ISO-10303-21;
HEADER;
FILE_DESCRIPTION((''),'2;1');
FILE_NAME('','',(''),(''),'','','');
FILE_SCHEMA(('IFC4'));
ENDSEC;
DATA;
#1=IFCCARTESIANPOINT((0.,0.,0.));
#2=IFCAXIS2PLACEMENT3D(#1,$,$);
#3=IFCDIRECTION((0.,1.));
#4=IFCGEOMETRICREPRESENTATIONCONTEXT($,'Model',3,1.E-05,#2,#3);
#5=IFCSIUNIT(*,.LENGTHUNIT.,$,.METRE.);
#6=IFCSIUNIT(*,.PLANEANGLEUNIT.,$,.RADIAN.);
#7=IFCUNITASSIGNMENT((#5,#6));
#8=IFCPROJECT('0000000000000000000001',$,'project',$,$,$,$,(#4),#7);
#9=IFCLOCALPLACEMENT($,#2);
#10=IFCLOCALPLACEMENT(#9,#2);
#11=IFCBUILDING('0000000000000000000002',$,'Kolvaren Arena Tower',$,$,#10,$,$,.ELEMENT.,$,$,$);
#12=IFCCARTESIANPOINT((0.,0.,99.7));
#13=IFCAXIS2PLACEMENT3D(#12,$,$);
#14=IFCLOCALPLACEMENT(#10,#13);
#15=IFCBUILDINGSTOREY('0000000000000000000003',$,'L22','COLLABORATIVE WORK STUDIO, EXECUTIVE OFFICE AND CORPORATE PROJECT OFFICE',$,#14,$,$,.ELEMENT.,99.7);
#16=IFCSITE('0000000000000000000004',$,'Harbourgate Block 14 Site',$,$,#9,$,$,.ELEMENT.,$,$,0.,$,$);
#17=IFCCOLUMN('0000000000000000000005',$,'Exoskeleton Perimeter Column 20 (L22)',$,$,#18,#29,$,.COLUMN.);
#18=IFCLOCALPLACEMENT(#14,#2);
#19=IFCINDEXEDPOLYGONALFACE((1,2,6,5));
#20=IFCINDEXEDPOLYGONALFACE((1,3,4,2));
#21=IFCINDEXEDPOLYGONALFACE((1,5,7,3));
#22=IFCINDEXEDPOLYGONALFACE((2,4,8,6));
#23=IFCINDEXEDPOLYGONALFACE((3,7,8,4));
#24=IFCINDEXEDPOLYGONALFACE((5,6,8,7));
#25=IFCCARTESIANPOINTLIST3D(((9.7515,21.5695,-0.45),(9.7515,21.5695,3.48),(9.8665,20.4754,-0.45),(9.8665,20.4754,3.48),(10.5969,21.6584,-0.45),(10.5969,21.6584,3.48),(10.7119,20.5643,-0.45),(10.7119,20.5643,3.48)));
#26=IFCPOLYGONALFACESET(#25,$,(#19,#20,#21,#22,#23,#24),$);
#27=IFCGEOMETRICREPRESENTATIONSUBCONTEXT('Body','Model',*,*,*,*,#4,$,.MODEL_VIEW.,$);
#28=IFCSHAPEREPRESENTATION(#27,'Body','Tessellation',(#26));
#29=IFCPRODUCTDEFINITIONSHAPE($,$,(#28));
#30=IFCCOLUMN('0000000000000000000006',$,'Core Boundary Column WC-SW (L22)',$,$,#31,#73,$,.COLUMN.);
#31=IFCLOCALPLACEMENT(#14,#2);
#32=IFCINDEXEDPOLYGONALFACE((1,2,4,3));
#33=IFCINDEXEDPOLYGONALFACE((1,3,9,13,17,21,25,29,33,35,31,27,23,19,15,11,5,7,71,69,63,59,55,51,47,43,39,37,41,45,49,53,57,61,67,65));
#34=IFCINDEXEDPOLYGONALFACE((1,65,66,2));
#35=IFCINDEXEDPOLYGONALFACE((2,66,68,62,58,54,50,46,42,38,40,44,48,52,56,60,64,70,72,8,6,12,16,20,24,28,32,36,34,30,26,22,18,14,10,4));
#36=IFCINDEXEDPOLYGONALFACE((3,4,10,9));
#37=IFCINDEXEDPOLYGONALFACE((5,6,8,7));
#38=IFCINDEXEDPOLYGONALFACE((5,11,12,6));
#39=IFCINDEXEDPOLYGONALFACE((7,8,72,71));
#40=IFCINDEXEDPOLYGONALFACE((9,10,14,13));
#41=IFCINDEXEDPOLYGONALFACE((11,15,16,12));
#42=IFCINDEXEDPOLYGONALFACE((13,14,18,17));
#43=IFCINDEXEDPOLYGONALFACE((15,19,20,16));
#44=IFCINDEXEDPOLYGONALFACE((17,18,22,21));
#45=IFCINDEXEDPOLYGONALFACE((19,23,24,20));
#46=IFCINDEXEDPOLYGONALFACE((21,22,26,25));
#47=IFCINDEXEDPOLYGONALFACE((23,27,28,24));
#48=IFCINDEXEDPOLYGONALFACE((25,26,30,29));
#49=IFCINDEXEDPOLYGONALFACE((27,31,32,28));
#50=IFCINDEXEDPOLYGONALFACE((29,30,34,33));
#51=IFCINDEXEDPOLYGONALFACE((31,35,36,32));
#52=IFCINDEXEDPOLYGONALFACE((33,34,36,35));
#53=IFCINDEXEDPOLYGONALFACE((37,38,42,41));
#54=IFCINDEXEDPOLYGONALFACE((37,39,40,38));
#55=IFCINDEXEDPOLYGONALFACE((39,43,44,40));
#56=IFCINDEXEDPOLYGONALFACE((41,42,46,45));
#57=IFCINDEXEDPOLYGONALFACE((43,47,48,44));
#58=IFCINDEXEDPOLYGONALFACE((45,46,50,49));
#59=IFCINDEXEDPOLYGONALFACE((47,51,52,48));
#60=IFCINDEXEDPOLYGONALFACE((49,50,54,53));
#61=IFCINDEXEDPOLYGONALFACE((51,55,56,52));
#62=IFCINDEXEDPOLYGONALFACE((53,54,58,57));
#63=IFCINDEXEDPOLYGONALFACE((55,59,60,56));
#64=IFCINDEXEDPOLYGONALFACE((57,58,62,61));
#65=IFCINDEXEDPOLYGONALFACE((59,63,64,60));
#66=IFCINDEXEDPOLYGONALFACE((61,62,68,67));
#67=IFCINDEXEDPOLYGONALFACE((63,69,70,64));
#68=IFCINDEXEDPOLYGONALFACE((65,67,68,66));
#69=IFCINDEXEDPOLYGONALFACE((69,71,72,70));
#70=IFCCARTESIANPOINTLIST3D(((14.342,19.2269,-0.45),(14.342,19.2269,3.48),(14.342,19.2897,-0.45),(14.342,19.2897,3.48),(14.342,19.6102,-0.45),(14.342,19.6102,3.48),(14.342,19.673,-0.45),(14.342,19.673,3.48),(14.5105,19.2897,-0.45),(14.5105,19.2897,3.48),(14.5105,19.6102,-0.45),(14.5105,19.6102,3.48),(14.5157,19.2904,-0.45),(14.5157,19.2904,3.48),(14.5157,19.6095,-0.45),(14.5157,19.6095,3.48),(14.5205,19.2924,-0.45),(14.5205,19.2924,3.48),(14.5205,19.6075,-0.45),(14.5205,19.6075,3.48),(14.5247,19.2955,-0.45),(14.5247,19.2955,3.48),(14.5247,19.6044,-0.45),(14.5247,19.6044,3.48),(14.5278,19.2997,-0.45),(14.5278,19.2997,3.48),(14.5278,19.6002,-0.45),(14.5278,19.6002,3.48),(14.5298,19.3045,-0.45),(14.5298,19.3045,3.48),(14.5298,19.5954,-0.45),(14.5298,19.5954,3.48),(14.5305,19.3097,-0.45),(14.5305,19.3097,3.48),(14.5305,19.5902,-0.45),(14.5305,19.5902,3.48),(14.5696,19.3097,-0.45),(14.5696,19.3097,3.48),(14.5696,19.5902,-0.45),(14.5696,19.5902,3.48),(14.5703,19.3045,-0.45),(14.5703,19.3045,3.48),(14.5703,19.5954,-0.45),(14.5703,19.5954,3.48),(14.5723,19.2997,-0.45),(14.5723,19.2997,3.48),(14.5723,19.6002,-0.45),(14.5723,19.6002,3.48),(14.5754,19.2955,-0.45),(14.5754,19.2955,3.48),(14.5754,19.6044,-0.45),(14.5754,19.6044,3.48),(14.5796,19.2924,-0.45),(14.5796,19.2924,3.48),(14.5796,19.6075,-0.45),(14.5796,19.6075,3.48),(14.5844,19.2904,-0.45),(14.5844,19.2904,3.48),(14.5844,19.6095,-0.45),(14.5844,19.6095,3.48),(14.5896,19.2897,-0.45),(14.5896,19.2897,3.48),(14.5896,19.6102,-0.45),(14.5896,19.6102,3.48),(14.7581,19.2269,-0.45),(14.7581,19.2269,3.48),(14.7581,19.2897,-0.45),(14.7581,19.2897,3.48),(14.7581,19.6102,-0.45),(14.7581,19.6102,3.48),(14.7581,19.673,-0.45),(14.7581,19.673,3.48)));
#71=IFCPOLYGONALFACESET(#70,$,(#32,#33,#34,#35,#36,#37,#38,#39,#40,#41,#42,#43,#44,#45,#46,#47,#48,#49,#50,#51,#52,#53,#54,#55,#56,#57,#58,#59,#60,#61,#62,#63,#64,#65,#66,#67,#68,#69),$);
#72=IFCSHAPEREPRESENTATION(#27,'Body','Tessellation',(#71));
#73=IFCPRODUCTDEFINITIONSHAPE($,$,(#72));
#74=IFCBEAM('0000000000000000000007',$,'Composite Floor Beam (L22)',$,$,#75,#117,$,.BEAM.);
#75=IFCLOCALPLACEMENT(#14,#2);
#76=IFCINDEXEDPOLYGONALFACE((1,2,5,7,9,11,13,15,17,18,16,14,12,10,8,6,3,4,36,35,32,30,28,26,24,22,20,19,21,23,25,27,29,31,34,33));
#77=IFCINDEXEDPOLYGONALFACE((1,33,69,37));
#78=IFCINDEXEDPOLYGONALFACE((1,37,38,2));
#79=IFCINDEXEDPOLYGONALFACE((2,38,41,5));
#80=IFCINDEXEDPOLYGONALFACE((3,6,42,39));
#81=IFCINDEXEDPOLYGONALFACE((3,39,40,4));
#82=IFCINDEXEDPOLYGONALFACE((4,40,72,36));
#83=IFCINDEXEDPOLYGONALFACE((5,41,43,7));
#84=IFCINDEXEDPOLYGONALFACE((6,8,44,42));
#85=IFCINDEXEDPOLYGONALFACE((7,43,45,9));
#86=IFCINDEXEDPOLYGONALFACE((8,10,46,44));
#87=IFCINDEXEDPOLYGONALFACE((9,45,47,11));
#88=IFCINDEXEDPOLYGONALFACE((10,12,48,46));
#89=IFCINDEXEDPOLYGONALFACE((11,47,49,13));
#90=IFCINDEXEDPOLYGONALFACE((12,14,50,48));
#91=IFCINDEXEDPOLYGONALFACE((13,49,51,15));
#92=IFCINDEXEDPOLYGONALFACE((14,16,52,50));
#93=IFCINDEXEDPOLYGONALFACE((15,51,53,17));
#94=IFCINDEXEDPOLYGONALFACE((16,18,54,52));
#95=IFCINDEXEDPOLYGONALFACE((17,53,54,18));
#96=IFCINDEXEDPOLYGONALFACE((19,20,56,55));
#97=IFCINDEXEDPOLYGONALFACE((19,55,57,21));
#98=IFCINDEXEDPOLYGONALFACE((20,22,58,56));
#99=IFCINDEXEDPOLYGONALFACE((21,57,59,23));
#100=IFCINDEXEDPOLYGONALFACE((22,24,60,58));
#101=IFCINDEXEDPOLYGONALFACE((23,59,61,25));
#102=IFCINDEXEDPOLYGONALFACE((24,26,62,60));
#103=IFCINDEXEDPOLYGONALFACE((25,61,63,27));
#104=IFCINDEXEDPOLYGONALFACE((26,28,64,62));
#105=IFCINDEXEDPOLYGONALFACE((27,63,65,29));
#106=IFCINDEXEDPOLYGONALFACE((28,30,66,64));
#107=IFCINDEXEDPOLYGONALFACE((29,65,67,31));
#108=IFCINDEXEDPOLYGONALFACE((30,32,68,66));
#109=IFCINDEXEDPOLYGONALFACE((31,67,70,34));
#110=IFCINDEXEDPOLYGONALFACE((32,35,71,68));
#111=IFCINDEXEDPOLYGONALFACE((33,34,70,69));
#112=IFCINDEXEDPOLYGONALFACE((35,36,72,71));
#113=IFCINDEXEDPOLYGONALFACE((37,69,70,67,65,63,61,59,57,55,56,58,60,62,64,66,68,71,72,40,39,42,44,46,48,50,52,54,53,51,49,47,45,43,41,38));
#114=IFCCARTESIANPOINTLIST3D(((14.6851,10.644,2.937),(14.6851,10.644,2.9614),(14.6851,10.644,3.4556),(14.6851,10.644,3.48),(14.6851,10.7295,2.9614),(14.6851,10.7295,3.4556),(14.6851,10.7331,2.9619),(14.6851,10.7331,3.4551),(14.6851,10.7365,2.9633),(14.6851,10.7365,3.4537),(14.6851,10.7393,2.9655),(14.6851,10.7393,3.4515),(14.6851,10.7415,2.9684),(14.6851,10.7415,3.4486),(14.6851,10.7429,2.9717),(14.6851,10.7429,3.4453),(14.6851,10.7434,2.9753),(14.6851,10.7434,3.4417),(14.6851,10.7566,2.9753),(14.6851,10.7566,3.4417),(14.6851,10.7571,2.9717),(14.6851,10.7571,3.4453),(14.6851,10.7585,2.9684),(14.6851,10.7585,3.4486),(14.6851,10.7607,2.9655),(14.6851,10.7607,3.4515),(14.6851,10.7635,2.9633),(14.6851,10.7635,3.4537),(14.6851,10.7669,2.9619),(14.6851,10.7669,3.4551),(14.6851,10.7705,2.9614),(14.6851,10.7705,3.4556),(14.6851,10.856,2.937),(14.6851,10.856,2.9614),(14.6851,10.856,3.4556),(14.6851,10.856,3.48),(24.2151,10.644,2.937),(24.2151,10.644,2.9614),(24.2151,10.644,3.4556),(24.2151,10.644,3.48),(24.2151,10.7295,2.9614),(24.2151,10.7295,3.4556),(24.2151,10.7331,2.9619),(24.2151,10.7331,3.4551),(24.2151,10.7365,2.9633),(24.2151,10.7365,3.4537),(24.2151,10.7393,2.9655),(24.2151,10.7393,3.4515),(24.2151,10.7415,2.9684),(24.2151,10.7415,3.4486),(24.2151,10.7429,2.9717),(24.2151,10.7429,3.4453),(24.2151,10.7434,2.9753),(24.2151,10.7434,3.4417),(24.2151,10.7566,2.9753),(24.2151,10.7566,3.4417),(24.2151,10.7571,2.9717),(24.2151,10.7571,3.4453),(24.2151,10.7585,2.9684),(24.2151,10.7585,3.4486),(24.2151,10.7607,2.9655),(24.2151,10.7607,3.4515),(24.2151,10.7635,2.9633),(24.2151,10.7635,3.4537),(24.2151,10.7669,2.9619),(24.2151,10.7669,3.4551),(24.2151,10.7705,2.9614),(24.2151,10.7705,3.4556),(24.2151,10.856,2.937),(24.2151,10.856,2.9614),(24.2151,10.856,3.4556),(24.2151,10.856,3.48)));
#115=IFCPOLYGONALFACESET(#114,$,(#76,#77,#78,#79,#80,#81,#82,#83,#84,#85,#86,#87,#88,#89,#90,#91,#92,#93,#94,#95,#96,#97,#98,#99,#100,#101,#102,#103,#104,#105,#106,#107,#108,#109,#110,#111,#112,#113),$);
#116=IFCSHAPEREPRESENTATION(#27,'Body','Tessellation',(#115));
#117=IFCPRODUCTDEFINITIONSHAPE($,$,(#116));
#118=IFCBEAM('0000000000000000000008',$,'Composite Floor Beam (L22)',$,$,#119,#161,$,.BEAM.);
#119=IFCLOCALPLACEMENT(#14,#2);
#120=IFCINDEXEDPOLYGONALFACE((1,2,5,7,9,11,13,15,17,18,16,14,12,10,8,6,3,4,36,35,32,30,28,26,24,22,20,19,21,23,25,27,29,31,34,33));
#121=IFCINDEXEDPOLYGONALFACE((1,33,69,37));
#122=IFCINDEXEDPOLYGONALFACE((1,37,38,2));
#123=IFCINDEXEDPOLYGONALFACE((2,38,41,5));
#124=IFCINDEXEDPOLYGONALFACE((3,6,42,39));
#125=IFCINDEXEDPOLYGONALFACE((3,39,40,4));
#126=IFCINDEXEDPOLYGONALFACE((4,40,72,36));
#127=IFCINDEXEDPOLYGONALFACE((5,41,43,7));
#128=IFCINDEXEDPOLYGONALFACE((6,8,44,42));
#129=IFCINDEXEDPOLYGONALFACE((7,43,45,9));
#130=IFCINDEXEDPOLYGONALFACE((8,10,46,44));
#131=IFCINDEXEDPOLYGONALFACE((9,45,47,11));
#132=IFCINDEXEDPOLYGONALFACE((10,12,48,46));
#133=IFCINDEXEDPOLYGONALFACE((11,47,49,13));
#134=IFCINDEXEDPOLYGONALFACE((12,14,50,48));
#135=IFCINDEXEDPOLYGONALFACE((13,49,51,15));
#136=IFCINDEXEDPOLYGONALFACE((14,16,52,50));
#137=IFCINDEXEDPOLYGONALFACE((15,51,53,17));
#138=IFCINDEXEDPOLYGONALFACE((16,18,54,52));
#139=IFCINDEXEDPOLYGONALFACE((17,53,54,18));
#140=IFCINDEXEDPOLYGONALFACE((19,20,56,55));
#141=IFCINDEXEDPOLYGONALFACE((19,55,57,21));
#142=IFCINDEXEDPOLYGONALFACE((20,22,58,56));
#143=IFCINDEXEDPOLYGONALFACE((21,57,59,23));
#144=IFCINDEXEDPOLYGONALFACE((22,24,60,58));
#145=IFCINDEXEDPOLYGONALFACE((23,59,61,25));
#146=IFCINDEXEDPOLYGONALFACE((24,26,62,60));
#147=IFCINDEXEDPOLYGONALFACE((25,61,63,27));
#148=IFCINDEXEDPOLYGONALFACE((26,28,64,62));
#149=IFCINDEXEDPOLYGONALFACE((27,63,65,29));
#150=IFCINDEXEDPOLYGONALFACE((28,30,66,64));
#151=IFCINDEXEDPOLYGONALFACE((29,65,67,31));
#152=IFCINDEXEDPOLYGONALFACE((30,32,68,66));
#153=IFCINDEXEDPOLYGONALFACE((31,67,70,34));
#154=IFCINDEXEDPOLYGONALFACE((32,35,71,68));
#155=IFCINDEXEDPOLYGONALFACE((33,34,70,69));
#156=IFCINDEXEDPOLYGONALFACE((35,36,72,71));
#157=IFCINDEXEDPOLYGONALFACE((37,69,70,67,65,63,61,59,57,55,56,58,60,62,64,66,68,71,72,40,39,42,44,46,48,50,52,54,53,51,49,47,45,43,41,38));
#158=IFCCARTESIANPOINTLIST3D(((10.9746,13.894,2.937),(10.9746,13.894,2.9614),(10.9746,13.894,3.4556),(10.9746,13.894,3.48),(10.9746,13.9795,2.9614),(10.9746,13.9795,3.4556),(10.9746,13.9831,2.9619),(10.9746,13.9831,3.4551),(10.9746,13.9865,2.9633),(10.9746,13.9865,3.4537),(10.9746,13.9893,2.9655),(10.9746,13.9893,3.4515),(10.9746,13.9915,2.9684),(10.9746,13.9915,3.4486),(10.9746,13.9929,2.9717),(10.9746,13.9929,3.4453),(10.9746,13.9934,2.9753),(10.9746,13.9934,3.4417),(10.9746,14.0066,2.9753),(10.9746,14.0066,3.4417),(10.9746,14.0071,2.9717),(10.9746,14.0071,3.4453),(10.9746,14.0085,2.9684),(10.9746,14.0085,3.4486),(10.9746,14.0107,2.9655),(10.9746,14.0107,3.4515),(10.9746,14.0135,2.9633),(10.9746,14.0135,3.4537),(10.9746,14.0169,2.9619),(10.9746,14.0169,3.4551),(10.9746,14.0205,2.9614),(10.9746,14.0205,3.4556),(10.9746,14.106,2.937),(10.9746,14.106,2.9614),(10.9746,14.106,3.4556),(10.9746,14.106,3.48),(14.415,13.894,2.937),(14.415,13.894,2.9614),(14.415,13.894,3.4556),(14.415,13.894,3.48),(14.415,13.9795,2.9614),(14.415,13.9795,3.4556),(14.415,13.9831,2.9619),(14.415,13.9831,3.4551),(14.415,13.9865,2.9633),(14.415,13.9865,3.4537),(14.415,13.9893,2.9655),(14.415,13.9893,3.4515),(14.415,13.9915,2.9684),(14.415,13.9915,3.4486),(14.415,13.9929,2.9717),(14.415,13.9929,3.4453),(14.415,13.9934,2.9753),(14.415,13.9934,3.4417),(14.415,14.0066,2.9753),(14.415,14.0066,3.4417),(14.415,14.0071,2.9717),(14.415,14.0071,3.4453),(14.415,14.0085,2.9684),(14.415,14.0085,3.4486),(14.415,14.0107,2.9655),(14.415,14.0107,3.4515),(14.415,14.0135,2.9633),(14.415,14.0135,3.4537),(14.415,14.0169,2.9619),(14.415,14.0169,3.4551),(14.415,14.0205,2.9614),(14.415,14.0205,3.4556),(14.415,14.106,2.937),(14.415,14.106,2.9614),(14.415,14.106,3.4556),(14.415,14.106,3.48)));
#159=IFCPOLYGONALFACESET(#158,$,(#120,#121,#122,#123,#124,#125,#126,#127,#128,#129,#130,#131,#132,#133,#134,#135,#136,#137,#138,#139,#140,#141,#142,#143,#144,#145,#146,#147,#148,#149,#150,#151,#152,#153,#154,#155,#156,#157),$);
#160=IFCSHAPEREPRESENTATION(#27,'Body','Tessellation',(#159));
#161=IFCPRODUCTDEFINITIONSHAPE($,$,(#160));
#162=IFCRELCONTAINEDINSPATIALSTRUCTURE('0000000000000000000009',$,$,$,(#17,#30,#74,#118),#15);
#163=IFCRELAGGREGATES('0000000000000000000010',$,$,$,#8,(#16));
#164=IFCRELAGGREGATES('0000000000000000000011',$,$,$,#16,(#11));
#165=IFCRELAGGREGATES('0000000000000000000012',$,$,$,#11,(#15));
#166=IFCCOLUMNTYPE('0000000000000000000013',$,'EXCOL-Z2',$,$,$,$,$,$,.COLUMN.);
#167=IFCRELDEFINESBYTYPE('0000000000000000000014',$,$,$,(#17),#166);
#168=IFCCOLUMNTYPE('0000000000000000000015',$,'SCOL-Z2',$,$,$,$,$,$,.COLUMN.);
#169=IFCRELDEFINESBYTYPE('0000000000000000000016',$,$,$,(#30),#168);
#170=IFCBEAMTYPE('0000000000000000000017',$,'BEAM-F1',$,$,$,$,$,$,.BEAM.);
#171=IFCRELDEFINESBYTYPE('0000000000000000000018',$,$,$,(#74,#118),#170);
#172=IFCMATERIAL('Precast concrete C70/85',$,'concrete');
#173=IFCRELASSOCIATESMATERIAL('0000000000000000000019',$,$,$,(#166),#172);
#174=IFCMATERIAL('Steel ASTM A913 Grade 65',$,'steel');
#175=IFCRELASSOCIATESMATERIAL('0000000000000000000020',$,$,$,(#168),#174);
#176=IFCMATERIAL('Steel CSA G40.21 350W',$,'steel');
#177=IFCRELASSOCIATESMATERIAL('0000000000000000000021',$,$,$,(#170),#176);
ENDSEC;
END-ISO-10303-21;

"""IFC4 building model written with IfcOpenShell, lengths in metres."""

from ifc_helpers import new_model, si_unit, direction, frame, origin, origin_2d, place, context, subcontext, project, spatial, rectangle, i_section, extrude, material, material_profile, profile_set, type_object, element, save


model = new_model("IFC4")

# Units and contexts
model_context = context("Model", 3, precision=1e-05, world=origin(), true_north=direction((0.0, 1.0)))
body_context = subcontext(model_context, "Body", "Model", "MODEL_VIEW")
ifc_project = project(units=[si_unit("LENGTHUNIT", "METRE"), si_unit("PLANEANGLEUNIT", "RADIAN")], contexts=[model_context])

# Site, building, storey
site_placement = place(None, origin())
site = spatial("IfcSite", under=ifc_project, at=site_placement, Name="Harbourgate Block 14 Site", CompositionType="ELEMENT", RefElevation=0.0)
building_placement = place(site_placement, origin())
building = spatial("IfcBuilding", under=site, at=building_placement, Name="Kolvaren Arena Tower", CompositionType="ELEMENT")
storey_placement = place(building_placement, frame((0.0, 0.0, 99.7)))
storey = spatial("IfcBuildingStorey", under=building, at=storey_placement, Name="L22", Description="COLLABORATIVE WORK STUDIO, EXECUTIVE OFFICE AND CORPORATE PROJECT OFFICE", CompositionType="ELEMENT", Elevation=99.7)

# Columns
ifc_material_1 = material(Name="Precast concrete C70/85", Category="concrete")
ifc_material_profile_1 = material_profile(ifc_material_1, rectangle(XDim=1.1001, YDim=0.8501, at=origin_2d()), Name="RC-1100x850")
ifc_profile_set_1 = profile_set([ifc_material_profile_1], Name="Precast concrete C70/85")
column_type_1 = type_object("IfcColumnType", Name="EXCOL-Z2", PredefinedType="COLUMN", material=ifc_profile_set_1)
column_1_placement = place(storey_placement, frame((10.2317, 21.0669, -0.45), z_axis=(0.0, 0.0, 1.0), x_axis=(-0.104528, 0.994522, 0.0)))
element("IfcColumn", 1, at=column_1_placement, inside=storey, type_object=column_type_1, Name="Exoskeleton Perimeter Column 20 (L22)", PredefinedType="COLUMN", context=body_context, shape_type="SweptSolid", body=[
    extrude(rectangle(XDim=1.1001, YDim=0.8501, at=origin_2d()), origin(), (0.0, 0.0, 1.0), 3.9299),
])
ifc_material_2 = material(Name="Steel ASTM A913 Grade 65", Category="steel")
ifc_material_profile_2 = material_profile(ifc_material_2, i_section(OverallWidth=0.416, OverallDepth=0.446, WebThickness=0.0391, FlangeThickness=0.0627, FilletRadius=0.02, at=origin_2d()), Name="W360x509")
ifc_profile_set_2 = profile_set([ifc_material_profile_2], Name="Steel ASTM A913 Grade 65")
column_type_2 = type_object("IfcColumnType", Name="SCOL-Z2", PredefinedType="COLUMN", material=ifc_profile_set_2)
column_2_placement = place(storey_placement, frame((14.55, 19.45, -0.45), z_axis=(0.0, 0.0, 1.0), x_axis=(1.0, 0.0, 0.0)))
element("IfcColumn", 2, at=column_2_placement, inside=storey, type_object=column_type_2, Name="Core Boundary Column WC-SW (L22)", PredefinedType="COLUMN", context=body_context, shape_type="SweptSolid", body=[
    extrude(i_section(OverallWidth=0.416, OverallDepth=0.446, WebThickness=0.0391, FlangeThickness=0.0627, FilletRadius=0.02, at=origin_2d()), origin(), (0.0, 0.0, 1.0), 3.9299),
])

# Beams
ifc_material_3 = material(Name="Steel CSA G40.21 350W", Category="steel")
ifc_material_profile_3 = material_profile(ifc_material_3, i_section(OverallWidth=0.2119, OverallDepth=0.543, WebThickness=0.0132, FlangeThickness=0.0244, FilletRadius=0.0139, at=origin_2d()), Name="W530x150")
ifc_profile_set_3 = profile_set([ifc_material_profile_3], Name="Steel CSA G40.21 350W")
beam_type_1 = type_object("IfcBeamType", Name="BEAM-F1", PredefinedType="BEAM", material=ifc_profile_set_3)
beam_1_placement = place(storey_placement, frame((14.6851, 10.75, 3.2085), z_axis=(1.0, 0.0, 0.0), x_axis=(0.0, 1.0, 0.0)))
element("IfcBeam", 3, at=beam_1_placement, inside=storey, type_object=beam_type_1, Name="Composite Floor Beam (L22)", PredefinedType="BEAM", context=body_context, shape_type="SweptSolid", body=[
    extrude(i_section(OverallWidth=0.2119, OverallDepth=0.543, WebThickness=0.0132, FlangeThickness=0.0244, FilletRadius=0.0139, at=origin_2d()), origin(), (0.0, 0.0, 1.0), 9.53),
])
beam_2_placement = place(storey_placement, frame((10.9746, 14.0, 3.2085), z_axis=(1.0, 0.0, 0.0), x_axis=(0.0, 1.0, 0.0)))
element("IfcBeam", 4, at=beam_2_placement, inside=storey, type_object=beam_type_1, Name="Composite Floor Beam (L22)", PredefinedType="BEAM", context=body_context, shape_type="SweptSolid", body=[
    extrude(i_section(OverallWidth=0.2119, OverallDepth=0.543, WebThickness=0.0132, FlangeThickness=0.0244, FilletRadius=0.0139, at=origin_2d()), origin(), (0.0, 0.0, 1.0), 3.4404),
])

save(model, "model.ifc")
